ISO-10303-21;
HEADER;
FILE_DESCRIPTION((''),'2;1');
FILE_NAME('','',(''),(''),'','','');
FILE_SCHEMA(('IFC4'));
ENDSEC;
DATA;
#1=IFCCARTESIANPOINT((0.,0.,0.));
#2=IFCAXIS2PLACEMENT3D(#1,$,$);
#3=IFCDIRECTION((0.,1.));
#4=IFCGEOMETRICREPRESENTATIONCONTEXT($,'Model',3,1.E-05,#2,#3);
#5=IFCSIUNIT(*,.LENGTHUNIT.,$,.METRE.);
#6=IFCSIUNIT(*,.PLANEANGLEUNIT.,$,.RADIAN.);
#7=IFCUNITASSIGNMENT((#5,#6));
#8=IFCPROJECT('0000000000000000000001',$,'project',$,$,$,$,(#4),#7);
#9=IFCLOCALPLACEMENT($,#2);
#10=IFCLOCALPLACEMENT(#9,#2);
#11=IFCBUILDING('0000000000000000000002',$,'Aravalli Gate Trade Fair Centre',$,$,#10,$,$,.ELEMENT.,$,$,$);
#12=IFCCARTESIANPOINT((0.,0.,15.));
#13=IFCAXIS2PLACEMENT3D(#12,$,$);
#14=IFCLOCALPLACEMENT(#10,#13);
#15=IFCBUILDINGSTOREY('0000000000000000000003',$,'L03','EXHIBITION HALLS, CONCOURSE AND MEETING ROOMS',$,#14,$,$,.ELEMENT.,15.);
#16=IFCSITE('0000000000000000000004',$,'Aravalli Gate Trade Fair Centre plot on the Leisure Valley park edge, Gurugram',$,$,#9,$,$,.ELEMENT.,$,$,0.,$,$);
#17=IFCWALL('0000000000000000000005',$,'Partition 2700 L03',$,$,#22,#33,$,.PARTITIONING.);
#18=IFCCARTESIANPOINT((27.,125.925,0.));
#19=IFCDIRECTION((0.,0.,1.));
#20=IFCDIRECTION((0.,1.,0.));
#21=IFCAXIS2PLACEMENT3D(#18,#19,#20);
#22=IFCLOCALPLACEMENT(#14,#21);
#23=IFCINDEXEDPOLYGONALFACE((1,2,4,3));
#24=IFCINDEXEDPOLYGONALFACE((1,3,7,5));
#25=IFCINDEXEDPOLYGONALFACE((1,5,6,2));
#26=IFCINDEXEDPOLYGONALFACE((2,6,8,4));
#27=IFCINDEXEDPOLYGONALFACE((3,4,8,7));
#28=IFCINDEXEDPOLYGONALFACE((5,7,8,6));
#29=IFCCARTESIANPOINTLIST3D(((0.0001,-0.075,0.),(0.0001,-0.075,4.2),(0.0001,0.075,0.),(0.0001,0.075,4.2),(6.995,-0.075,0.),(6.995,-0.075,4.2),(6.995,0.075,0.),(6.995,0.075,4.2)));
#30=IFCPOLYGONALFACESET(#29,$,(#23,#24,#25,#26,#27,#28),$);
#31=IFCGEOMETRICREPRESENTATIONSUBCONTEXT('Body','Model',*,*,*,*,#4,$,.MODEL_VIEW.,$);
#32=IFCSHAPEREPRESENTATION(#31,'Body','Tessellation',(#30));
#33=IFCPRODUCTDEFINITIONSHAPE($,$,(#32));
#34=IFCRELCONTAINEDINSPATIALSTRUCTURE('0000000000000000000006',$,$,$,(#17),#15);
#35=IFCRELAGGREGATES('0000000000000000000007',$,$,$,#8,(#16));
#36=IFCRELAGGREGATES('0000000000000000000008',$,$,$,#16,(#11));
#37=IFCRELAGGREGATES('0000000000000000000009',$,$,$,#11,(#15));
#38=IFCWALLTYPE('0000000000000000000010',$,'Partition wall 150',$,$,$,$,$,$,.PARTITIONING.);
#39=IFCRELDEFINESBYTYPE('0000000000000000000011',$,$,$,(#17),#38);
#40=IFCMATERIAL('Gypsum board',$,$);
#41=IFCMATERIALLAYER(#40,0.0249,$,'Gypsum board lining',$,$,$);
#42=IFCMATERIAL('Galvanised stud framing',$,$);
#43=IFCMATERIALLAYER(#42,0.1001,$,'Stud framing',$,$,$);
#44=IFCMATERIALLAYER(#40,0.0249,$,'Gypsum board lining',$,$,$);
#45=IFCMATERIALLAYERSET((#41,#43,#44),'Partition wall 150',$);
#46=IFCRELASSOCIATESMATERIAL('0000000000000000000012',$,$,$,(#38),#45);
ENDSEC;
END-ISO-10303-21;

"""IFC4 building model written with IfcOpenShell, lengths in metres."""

from ifc_helpers import new_model, si_unit, direction, frame, frame_2d, origin, place, context, subcontext, project, spatial, rectangle, extrude, material, layer, layer_set, type_object, element, save


model = new_model("IFC4")

# Units and contexts
model_context = context("Model", 3, precision=1e-05, world=origin(), true_north=direction((0.0, 1.0)))
body_context = subcontext(model_context, "Body", "Model", "MODEL_VIEW")
ifc_project = project(units=[si_unit("LENGTHUNIT", "METRE"), si_unit("PLANEANGLEUNIT", "RADIAN")], contexts=[model_context])

# Site, building, storey
site_placement = place(None, origin())
site = spatial("IfcSite", under=ifc_project, at=site_placement, Name="Aravalli Gate Trade Fair Centre plot on the Leisure Valley park edge, Gurugram", CompositionType="ELEMENT", RefElevation=0.0)
building_placement = place(site_placement, origin())
building = spatial("IfcBuilding", under=site, at=building_placement, Name="Aravalli Gate Trade Fair Centre", CompositionType="ELEMENT")
storey_placement = place(building_placement, frame((0.0, 0.0, 15.0)))
storey = spatial("IfcBuildingStorey", under=building, at=storey_placement, Name="L03", Description="EXHIBITION HALLS, CONCOURSE AND MEETING ROOMS", CompositionType="ELEMENT", Elevation=15.0)

# Shared definitions
ifc_material_1 = material(Name="Gypsum board")
ifc_layer_1 = layer(ifc_material_1, 0.0249, Name="Gypsum board lining")
ifc_material_2 = material(Name="Galvanised stud framing")
ifc_layer_2 = layer(ifc_material_2, 0.1001, Name="Stud framing")
ifc_layer_3 = layer(ifc_material_1, 0.0249, Name="Gypsum board lining")
ifc_layer_set_1 = layer_set([ifc_layer_1, ifc_layer_2, ifc_layer_3], Name="Partition wall 150")
wall_type_1 = type_object("IfcWallType", Name="Partition wall 150", PredefinedType="PARTITIONING", material=ifc_layer_set_1)

# Wall
wall_1_placement = place(storey_placement, frame((27.0, 125.925, 0.0), z_axis=(0.0, 0.0, 1.0), x_axis=(0.0, 1.0, 0.0)))
element("IfcWall", 1, at=wall_1_placement, inside=storey, type_object=wall_type_1, Name="Partition 2700 L03", PredefinedType="PARTITIONING", context=body_context, shape_type="SweptSolid", body=[
    extrude(rectangle(XDim=6.9949, YDim=0.1499, at=frame_2d((3.4976, 0.0))), origin(), (0.0, 0.0, 1.0), 4.2),
])

save(model, "model.ifc")
